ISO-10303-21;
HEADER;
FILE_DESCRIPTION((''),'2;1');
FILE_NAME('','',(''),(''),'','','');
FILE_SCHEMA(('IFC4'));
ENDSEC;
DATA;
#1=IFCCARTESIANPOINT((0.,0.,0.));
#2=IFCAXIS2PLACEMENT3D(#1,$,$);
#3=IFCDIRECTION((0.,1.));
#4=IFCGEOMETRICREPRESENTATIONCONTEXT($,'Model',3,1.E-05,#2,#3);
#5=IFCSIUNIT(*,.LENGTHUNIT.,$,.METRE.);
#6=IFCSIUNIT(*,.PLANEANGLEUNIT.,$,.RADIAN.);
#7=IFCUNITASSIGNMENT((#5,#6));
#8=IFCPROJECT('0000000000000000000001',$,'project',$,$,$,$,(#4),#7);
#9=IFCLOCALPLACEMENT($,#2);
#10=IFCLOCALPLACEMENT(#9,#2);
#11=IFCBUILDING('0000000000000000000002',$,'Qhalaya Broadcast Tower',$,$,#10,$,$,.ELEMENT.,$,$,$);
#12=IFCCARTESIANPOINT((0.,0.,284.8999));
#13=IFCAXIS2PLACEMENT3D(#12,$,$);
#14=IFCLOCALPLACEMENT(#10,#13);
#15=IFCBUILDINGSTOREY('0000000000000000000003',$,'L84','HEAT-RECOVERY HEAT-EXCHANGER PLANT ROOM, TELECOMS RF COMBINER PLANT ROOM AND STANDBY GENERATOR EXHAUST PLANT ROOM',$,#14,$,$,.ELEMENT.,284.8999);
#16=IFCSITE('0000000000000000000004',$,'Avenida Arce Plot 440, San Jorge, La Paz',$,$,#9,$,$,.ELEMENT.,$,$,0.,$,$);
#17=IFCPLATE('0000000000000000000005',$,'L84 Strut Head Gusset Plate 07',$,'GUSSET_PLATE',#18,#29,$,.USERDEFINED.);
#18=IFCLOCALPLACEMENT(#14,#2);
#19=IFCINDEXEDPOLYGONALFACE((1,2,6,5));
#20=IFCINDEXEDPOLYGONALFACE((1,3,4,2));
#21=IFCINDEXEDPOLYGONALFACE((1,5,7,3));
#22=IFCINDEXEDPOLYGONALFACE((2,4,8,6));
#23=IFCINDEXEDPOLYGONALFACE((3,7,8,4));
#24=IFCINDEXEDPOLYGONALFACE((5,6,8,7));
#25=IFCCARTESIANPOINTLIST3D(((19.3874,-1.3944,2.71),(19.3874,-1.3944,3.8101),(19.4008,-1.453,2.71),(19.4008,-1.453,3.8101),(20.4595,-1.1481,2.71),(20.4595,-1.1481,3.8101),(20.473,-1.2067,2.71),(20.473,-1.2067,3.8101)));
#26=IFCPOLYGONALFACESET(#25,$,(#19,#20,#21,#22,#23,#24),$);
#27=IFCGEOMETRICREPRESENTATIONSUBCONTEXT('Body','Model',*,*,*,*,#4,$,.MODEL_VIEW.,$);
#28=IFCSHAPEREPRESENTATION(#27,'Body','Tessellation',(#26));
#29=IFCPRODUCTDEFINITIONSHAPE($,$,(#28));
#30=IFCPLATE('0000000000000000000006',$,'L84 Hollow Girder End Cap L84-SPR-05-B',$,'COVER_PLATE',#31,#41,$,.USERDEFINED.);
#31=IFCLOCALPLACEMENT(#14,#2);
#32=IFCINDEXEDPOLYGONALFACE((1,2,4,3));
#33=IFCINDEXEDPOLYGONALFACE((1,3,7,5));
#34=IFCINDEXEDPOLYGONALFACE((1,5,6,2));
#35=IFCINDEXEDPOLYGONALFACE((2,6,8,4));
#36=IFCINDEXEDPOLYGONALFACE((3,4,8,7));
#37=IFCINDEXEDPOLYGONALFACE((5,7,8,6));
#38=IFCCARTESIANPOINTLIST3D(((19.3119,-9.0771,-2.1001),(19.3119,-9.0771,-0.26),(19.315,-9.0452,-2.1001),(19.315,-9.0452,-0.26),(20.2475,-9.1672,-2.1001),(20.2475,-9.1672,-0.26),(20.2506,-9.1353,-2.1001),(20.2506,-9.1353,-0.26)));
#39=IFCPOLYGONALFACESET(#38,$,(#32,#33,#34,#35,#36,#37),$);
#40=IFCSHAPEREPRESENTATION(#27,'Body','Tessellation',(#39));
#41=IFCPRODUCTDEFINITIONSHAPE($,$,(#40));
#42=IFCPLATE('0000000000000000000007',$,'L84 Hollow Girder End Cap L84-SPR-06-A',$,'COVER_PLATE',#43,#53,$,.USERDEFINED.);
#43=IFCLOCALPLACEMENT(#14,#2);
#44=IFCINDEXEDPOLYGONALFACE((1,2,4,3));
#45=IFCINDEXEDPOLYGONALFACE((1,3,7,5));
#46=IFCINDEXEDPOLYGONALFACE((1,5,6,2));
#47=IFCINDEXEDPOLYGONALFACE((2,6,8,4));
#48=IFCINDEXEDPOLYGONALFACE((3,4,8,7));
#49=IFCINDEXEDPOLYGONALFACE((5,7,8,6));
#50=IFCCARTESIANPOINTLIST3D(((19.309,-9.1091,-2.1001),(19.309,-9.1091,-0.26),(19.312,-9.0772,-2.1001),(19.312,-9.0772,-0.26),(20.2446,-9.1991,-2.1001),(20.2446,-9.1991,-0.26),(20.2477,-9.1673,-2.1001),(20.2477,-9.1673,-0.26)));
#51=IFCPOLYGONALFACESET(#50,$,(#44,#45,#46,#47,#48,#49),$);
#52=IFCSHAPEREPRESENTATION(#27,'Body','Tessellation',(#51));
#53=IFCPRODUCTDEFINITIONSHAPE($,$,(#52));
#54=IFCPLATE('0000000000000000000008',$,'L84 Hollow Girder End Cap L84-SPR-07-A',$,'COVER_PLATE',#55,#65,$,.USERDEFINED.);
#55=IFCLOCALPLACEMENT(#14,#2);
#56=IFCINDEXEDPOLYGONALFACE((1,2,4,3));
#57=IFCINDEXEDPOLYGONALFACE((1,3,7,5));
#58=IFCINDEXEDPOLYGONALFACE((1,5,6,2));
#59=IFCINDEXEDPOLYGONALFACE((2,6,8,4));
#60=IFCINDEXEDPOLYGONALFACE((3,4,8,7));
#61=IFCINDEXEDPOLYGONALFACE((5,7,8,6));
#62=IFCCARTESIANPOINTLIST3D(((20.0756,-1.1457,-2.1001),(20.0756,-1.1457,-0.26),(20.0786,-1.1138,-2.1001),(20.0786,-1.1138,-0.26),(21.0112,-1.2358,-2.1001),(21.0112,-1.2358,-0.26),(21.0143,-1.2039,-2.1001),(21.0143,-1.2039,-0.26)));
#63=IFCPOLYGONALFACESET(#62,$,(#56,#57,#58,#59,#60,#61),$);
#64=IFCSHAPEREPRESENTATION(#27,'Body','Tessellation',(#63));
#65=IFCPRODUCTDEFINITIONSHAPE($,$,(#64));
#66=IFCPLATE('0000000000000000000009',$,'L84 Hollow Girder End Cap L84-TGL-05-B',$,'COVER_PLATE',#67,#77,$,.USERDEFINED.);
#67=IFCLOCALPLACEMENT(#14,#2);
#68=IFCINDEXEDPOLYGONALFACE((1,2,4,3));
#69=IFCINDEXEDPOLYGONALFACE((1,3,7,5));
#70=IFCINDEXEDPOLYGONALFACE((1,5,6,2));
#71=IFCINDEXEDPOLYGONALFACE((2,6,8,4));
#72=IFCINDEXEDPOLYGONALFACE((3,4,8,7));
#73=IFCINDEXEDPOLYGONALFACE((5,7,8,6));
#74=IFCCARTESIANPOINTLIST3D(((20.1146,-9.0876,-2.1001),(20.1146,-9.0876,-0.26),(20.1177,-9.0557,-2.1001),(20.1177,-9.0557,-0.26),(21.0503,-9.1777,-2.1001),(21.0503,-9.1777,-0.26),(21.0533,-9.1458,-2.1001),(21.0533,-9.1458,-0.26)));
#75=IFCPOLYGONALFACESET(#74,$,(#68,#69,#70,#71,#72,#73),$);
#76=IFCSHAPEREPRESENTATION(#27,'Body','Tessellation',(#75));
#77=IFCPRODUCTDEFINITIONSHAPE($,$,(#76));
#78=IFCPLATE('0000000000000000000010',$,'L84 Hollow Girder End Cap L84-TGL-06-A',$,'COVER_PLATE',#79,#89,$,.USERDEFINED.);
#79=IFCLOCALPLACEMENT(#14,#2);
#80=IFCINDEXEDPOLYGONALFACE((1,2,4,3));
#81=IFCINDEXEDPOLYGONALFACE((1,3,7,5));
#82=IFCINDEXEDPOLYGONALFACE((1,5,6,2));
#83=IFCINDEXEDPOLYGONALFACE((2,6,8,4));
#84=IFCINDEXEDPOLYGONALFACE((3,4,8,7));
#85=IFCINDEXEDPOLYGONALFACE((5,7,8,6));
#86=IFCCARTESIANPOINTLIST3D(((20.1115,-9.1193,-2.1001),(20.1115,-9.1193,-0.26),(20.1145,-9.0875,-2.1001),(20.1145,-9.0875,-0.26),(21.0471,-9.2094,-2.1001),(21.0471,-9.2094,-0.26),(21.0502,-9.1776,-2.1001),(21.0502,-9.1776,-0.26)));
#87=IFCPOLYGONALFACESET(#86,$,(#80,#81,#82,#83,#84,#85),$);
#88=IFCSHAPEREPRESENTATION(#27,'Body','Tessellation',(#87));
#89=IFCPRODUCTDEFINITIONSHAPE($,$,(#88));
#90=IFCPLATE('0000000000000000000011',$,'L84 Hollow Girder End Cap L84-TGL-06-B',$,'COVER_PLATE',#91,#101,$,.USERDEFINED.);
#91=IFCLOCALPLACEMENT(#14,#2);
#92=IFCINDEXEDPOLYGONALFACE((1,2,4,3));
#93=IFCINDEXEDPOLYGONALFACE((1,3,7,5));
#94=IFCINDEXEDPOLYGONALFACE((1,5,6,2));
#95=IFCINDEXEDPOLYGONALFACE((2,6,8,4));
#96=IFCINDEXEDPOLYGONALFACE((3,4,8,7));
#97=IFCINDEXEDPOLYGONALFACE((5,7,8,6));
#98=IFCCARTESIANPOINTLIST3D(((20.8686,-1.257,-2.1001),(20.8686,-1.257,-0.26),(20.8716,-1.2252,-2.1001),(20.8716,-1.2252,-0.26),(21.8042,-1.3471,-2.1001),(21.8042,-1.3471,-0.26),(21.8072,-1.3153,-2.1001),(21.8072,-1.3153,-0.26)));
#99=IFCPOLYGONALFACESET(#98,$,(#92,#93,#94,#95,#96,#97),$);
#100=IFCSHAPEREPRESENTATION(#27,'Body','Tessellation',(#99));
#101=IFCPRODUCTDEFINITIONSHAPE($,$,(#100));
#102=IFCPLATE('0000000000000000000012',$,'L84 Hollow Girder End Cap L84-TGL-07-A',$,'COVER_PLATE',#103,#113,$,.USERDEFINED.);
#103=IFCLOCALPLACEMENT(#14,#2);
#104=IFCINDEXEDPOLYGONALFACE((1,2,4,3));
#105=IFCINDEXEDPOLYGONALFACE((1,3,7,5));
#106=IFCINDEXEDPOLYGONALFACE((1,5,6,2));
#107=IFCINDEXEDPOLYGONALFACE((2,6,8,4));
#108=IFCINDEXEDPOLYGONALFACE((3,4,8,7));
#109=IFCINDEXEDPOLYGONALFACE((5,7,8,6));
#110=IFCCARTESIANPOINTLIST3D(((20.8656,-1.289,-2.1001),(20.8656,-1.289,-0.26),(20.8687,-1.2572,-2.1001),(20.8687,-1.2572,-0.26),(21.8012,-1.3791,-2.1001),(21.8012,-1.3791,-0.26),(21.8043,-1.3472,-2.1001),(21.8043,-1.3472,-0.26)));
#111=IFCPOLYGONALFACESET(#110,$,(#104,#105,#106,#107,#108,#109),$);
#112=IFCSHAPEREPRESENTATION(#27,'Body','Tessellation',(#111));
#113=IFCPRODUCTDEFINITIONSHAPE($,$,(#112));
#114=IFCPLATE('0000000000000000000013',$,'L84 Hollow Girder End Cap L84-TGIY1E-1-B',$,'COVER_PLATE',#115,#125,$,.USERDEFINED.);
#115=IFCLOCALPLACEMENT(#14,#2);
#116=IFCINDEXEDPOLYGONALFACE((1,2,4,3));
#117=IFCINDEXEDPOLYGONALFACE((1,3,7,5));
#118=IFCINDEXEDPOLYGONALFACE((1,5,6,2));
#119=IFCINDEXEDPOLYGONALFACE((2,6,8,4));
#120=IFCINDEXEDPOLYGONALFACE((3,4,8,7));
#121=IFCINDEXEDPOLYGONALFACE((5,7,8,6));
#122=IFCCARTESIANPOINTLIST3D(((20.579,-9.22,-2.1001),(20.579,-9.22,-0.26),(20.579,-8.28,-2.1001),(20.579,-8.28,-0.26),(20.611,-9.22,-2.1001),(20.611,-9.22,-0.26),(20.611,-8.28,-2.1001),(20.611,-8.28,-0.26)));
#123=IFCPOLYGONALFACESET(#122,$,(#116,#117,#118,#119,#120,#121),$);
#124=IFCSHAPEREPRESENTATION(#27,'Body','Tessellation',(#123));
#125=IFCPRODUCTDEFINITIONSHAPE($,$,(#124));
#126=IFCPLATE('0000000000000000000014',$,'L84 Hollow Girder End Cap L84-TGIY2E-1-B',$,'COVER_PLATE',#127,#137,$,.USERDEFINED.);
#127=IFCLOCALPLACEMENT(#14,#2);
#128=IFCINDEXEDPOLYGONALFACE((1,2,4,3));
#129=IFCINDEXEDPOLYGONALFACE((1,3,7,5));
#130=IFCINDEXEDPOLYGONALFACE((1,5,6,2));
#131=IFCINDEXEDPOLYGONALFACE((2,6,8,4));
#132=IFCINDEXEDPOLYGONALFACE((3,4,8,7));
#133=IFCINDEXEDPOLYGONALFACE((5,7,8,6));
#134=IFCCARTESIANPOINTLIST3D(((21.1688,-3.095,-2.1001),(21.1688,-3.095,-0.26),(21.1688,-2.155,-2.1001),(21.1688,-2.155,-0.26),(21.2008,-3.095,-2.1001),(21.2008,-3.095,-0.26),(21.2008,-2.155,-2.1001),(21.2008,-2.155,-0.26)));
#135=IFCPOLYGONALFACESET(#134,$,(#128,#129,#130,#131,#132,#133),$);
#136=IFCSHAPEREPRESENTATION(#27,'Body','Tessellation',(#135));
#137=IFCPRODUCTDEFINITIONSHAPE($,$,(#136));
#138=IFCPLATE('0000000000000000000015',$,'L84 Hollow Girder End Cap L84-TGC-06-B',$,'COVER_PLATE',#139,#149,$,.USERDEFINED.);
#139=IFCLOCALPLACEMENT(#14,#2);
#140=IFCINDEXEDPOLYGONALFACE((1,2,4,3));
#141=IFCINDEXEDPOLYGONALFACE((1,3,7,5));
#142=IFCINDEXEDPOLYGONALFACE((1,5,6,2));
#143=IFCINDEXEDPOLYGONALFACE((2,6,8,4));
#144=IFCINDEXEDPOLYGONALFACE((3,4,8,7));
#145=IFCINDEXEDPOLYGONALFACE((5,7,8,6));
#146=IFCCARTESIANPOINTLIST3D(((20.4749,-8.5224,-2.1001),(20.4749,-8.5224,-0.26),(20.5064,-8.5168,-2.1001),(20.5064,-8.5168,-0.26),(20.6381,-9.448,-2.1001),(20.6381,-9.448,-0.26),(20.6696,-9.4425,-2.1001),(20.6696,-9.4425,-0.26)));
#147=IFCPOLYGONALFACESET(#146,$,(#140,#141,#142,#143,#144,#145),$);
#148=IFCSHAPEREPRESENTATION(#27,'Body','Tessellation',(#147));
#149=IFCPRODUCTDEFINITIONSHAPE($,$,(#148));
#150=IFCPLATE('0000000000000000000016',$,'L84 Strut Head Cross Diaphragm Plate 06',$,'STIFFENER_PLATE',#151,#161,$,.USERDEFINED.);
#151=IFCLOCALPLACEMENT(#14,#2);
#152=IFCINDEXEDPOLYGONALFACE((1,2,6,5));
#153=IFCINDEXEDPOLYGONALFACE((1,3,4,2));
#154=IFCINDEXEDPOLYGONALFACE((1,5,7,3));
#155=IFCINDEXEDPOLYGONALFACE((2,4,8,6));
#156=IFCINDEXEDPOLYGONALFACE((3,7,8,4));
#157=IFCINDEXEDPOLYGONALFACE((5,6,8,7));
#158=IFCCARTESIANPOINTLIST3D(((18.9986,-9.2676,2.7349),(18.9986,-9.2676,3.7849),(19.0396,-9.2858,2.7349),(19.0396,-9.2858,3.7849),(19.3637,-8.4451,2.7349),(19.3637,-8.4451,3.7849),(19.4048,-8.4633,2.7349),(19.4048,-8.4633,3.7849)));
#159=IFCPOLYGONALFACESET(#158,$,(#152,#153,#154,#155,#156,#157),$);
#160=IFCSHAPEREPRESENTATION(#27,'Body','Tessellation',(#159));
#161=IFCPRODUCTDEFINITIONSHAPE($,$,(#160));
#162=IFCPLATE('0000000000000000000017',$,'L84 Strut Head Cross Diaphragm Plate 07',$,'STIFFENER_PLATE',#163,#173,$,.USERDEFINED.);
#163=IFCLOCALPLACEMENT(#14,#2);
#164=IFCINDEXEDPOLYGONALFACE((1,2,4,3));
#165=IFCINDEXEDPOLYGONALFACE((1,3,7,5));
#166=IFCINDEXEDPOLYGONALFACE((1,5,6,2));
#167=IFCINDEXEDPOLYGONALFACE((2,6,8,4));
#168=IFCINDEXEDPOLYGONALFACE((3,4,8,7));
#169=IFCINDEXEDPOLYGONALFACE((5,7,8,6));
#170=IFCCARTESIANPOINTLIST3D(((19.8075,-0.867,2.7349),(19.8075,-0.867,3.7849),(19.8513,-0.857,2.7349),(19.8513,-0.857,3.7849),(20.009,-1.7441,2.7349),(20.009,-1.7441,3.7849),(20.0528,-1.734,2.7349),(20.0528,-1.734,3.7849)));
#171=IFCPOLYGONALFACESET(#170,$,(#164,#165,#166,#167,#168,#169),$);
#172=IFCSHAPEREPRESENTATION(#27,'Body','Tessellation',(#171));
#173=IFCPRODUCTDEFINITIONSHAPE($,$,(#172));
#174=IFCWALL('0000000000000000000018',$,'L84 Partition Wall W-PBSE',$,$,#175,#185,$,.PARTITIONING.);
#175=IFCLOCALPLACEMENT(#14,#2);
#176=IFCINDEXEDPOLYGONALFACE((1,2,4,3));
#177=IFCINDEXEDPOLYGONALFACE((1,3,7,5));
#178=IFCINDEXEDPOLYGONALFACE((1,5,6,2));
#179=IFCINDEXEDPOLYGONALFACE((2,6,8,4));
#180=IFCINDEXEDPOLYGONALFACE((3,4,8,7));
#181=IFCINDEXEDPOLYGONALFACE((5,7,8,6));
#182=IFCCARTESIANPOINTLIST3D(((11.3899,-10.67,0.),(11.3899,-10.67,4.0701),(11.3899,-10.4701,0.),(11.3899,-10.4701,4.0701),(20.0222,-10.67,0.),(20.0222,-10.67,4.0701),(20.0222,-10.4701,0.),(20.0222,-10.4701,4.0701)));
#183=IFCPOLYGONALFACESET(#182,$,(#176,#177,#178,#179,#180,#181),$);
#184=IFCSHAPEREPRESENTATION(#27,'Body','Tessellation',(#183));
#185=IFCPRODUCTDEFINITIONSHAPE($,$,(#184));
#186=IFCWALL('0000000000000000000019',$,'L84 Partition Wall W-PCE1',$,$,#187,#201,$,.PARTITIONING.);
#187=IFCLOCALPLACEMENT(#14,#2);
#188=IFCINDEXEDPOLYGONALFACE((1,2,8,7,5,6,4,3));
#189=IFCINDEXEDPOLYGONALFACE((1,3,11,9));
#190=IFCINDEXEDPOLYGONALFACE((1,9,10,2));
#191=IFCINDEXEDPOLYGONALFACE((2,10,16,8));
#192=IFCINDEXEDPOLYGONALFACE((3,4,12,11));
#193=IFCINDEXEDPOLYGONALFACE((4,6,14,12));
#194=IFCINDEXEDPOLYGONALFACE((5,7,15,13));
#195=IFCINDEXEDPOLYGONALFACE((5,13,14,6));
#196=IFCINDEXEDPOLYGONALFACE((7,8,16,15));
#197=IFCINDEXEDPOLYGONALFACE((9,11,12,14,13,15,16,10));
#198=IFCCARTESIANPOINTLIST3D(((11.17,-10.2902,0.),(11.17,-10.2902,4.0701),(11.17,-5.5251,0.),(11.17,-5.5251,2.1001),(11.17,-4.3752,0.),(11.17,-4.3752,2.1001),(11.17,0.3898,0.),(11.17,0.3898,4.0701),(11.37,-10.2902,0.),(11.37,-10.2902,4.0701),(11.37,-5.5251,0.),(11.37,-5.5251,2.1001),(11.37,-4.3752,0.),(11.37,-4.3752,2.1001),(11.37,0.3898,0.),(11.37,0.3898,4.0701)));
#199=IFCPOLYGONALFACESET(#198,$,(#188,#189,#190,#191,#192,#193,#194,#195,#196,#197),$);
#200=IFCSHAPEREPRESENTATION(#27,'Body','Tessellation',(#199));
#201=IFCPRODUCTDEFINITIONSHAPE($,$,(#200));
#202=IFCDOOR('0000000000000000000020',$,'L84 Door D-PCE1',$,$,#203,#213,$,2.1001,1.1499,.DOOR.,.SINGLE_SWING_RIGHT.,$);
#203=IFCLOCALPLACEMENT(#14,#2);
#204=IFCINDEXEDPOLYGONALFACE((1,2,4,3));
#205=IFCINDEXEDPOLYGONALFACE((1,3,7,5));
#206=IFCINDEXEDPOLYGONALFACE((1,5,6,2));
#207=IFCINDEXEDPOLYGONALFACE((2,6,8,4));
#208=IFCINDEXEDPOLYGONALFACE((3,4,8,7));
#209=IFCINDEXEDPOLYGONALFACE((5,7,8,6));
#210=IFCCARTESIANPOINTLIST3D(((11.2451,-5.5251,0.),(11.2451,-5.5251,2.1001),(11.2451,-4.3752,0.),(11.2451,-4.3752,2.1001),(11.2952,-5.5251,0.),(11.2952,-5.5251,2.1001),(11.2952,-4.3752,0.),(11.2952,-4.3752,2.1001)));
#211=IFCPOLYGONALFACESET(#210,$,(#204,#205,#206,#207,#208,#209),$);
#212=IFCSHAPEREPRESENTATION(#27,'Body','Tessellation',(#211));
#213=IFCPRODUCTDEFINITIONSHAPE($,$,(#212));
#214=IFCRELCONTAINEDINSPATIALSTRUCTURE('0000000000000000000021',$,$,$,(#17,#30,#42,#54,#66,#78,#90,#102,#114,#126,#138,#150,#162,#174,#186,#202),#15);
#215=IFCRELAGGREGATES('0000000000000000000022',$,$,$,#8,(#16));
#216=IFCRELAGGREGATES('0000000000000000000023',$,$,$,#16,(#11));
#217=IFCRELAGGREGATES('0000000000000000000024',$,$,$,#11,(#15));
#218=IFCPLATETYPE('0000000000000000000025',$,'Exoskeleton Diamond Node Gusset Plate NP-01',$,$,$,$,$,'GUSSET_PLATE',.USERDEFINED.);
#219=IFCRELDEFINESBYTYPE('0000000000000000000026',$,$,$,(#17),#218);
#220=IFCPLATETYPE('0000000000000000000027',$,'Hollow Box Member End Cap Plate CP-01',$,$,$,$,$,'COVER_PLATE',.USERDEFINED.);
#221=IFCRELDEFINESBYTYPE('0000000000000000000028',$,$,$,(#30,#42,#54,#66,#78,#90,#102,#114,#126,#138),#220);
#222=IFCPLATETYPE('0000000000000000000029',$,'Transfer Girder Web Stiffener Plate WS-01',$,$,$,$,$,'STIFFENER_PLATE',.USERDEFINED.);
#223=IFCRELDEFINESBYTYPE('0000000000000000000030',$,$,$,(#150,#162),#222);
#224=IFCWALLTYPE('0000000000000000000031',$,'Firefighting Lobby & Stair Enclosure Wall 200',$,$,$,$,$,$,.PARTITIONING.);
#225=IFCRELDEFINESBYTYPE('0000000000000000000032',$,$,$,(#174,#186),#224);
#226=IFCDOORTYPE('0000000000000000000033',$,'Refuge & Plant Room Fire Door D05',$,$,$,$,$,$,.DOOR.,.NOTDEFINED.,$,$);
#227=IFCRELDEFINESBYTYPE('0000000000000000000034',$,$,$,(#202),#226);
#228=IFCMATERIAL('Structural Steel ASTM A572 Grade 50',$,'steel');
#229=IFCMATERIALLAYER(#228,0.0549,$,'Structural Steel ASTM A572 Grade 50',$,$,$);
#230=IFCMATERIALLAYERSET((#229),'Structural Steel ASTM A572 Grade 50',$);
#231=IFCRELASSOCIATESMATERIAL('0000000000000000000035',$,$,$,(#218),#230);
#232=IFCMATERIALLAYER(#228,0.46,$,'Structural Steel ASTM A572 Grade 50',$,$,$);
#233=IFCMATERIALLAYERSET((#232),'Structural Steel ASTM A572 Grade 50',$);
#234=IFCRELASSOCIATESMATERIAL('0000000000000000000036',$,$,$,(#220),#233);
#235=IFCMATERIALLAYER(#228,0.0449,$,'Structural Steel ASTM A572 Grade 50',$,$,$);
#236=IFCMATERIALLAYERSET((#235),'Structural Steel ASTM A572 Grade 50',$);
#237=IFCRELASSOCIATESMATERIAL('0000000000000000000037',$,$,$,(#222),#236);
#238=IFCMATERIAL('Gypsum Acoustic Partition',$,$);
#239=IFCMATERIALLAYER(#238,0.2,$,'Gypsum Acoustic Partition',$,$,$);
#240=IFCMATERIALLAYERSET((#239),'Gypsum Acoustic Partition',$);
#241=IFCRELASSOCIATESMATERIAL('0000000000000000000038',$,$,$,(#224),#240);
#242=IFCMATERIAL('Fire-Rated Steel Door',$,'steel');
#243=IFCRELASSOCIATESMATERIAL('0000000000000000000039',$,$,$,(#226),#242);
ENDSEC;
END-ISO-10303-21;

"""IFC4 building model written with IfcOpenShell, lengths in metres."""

from ifc_helpers import new_model, si_unit, direction, frame, frame_2d, origin, origin_2d, place, context, subcontext, project, spatial, rectangle, extrude, material, layer, layer_set, type_object, element, fill, save


model = new_model("IFC4")

# Units and contexts
model_context = context("Model", 3, precision=1e-05, world=origin(), true_north=direction((0.0, 1.0)))
body_context = subcontext(model_context, "Body", "Model", "MODEL_VIEW")
ifc_project = project(units=[si_unit("LENGTHUNIT", "METRE"), si_unit("PLANEANGLEUNIT", "RADIAN")], contexts=[model_context])

# Site, building, storey
site_placement = place(None, origin())
site = spatial("IfcSite", under=ifc_project, at=site_placement, Name="Avenida Arce Plot 440, San Jorge, La Paz", CompositionType="ELEMENT", RefElevation=0.0)
building_placement = place(site_placement, origin())
building = spatial("IfcBuilding", under=site, at=building_placement, Name="Qhalaya Broadcast Tower", CompositionType="ELEMENT")
storey_placement = place(building_placement, frame((0.0, 0.0, 284.8999)))
storey = spatial("IfcBuildingStorey", under=building, at=storey_placement, Name="L84", Description="HEAT-RECOVERY HEAT-EXCHANGER PLANT ROOM, TELECOMS RF COMBINER PLANT ROOM AND STANDBY GENERATOR EXHAUST PLANT ROOM", CompositionType="ELEMENT", Elevation=284.8999)

# Shared definitions
ifc_material_1 = material(Name="Structural Steel ASTM A572 Grade 50", Category="steel")

# Plates
ifc_layer_1 = layer(ifc_material_1, 0.0549, Name="Structural Steel ASTM A572 Grade 50")
ifc_layer_set_1 = layer_set([ifc_layer_1], Name="Structural Steel ASTM A572 Grade 50")
plate_type_1 = type_object("IfcPlateType", Name="Exoskeleton Diamond Node Gusset Plate NP-01", ElementType="GUSSET_PLATE", PredefinedType="USERDEFINED", material=ifc_layer_set_1)
for number, where, z_axis, x_axis, name in (
    (1, (19.9302, -1.3005, 2.71), (0.0, 0.0, 1.0), (-0.974613, -0.223897, 0.0), "L84 Strut Head Gusset Plate 07"),
):
    element("IfcPlate", number, at=place(storey_placement, frame(where, z_axis=z_axis, x_axis=x_axis)), inside=storey, type_object=plate_type_1, Name=name, ObjectType="GUSSET_PLATE", PredefinedType="USERDEFINED", context=body_context, shape_type="SweptSolid", body=[
        extrude(rectangle(XDim=1.1001, YDim=0.0601, at=origin_2d()), origin(), (0.0, 0.0, 1.0), 1.1001),
    ])
ifc_layer_2 = layer(ifc_material_1, 0.46, Name="Structural Steel ASTM A572 Grade 50")
ifc_layer_set_2 = layer_set([ifc_layer_2], Name="Structural Steel ASTM A572 Grade 50")
plate_type_2 = type_object("IfcPlateType", Name="Hollow Box Member End Cap Plate CP-01", ElementType="COVER_PLATE", PredefinedType="USERDEFINED", material=ifc_layer_set_2)
for number, where, z_axis, x_axis, name in (
    (2, (19.7812, -9.1062, -2.1001), (0.0, 0.0, 1.0), (-0.995396, 0.095846, 0.0), "L84 Hollow Girder End Cap L84-SPR-05-B"),
    (3, (19.7783, -9.1382, -2.1001), (0.0, 0.0, 1.0), (-0.995396, 0.095846, 0.0), "L84 Hollow Girder End Cap L84-SPR-06-A"),
    (4, (20.5449, -1.1748, -2.1001), (0.0, 0.0, 1.0), (-0.995396, 0.095846, 0.0), "L84 Hollow Girder End Cap L84-SPR-07-A"),
    (5, (20.584, -9.1167, -2.1001), (0.0, 0.0, 1.0), (-0.995398, 0.095828, 0.0), "L84 Hollow Girder End Cap L84-TGL-05-B"),
    (6, (20.5808, -9.1484, -2.1001), (0.0, 0.0, 1.0), (-0.995396, 0.095846, 0.0), "L84 Hollow Girder End Cap L84-TGL-06-A"),
    (7, (21.3379, -1.2861, -2.1001), (0.0, 0.0, 1.0), (-0.995396, 0.095846, 0.0), "L84 Hollow Girder End Cap L84-TGL-06-B"),
    (8, (21.335, -1.3181, -2.1001), (0.0, 0.0, 1.0), (-0.995396, 0.095846, 0.0), "L84 Hollow Girder End Cap L84-TGL-07-A"),
    (9, (20.595, -8.75, -2.1001), (0.0, 0.0, 1.0), (0.0, 1.0, 0.0), "L84 Hollow Girder End Cap L84-TGIY1E-1-B"),
    (10, (21.1848, -2.625, -2.1001), (0.0, 0.0, 1.0), (0.0, 1.0, 0.0), "L84 Hollow Girder End Cap L84-TGIY2E-1-B"),
    (11, (20.5723, -8.9824, -2.1001), (0.0, 0.0, 1.0), (-0.173648, 0.984808, 0.0), "L84 Hollow Girder End Cap L84-TGC-06-B"),
):
    element("IfcPlate", number, at=place(storey_placement, frame(where, z_axis=z_axis, x_axis=x_axis)), inside=storey, type_object=plate_type_2, Name=name, ObjectType="COVER_PLATE", PredefinedType="USERDEFINED", context=body_context, shape_type="SweptSolid", body=[
        extrude(rectangle(XDim=0.9399, YDim=0.032, at=origin_2d()), origin(), (0.0, 0.0, 1.0), 1.8401),
    ])
ifc_layer_3 = layer(ifc_material_1, 0.0449, Name="Structural Steel ASTM A572 Grade 50")
ifc_layer_set_3 = layer_set([ifc_layer_3], Name="Structural Steel ASTM A572 Grade 50")
plate_type_3 = type_object("IfcPlateType", Name="Transfer Girder Web Stiffener Plate WS-01", ElementType="STIFFENER_PLATE", PredefinedType="USERDEFINED", material=ifc_layer_set_3)
for number, where, z_axis, x_axis, name in (
    (12, (19.2017, -8.8655, 2.7349), (0.0, 0.0, 1.0), (-0.405764, -0.913978, 0.0), "L84 Strut Head Cross Diaphragm Plate 06"),
    (13, (19.9302, -1.3005, 2.7349), (0.0, 0.0, 1.0), (0.223897, -0.974613, 0.0), "L84 Strut Head Cross Diaphragm Plate 07"),
):
    element("IfcPlate", number, at=place(storey_placement, frame(where, z_axis=z_axis, x_axis=x_axis)), inside=storey, type_object=plate_type_3, Name=name, ObjectType="STIFFENER_PLATE", PredefinedType="USERDEFINED", context=body_context, shape_type="SweptSolid", body=[
        extrude(rectangle(XDim=0.8999, YDim=0.0449, at=origin_2d()), origin(), (0.0, 0.0, 1.0), 1.05),
    ])

# Wall
ifc_material_2 = material(Name="Gypsum Acoustic Partition")
ifc_layer_4 = layer(ifc_material_2, 0.2, Name="Gypsum Acoustic Partition")
ifc_layer_set_4 = layer_set([ifc_layer_4], Name="Gypsum Acoustic Partition")
wall_type = type_object("IfcWallType", Name="Firefighting Lobby & Stair Enclosure Wall 200", PredefinedType="PARTITIONING", material=ifc_layer_set_4)
wall_1_placement = place(storey_placement, frame((11.3899, -10.5701, 0.0), z_axis=(0.0, 0.0, 1.0), x_axis=(1.0, 0.0, 0.0)))
element("IfcWall", 14, at=wall_1_placement, inside=storey, type_object=wall_type, Name="L84 Partition Wall W-PBSE", PredefinedType="PARTITIONING", context=body_context, shape_type="SweptSolid", body=[
    extrude(rectangle(XDim=8.6323, YDim=0.2, at=frame_2d((4.3162, 0.0))), origin(), (0.0, 0.0, 1.0), 4.0701),
])

# Wall, opening, door
wall_2_placement = place(storey_placement, frame((11.27, -10.29, 0.0), z_axis=(0.0, 0.0, 1.0), x_axis=(0.0, 1.0, 0.0)))
wall_2 = element("IfcWall", 15, at=wall_2_placement, inside=storey, type_object=wall_type, Name="L84 Partition Wall W-PCE1", PredefinedType="PARTITIONING", context=body_context, shape_type="SweptSolid", body=[
    extrude(rectangle(XDim=10.6799, YDim=0.2, at=frame_2d((5.3398, 0.0))), origin(), (0.0, 0.0, 1.0), 4.0701),
])
opening_placement = place(wall_2_placement, frame((4.7649, 0.0, 0.0)))
opening = element("IfcOpeningElement", 16, at=opening_placement, cuts=wall_2, PredefinedType="OPENING", context=body_context, shape_type="SweptSolid", body=[
    extrude(rectangle(XDim=1.1499, YDim=2.1001, at=frame_2d((0.575, 1.05))), frame((0.0, 0.1121, 0.0), z_axis=(0.0, -1.0, 0.0), x_axis=(1.0, 0.0, 0.0)), (0.0, 0.0, 1.0), 0.2239),
])
ifc_material_3 = material(Name="Fire-Rated Steel Door", Category="steel")
door_type = type_object("IfcDoorType", Name="Refuge & Plant Room Fire Door D05", OperationType="NOTDEFINED", PredefinedType="DOOR", material=ifc_material_3)
door_placement = place(opening_placement, origin())
door = element("IfcDoor", 17, at=door_placement, inside=storey, type_object=door_type, Name="L84 Door D-PCE1", OperationType="SINGLE_SWING_RIGHT", OverallHeight=2.1001, OverallWidth=1.1499, PredefinedType="DOOR", context=body_context, shape_type="SweptSolid", body=[
    extrude(rectangle(XDim=1.1499, YDim=2.1001, at=frame_2d((0.575, 1.05))), frame((0.0, 0.0249, 0.0), z_axis=(0.0, -1.0, 0.0), x_axis=(1.0, 0.0, 0.0)), (0.0, 0.0, 1.0), 0.05),
])
fill(opening, door)

save(model, "model.ifc")
